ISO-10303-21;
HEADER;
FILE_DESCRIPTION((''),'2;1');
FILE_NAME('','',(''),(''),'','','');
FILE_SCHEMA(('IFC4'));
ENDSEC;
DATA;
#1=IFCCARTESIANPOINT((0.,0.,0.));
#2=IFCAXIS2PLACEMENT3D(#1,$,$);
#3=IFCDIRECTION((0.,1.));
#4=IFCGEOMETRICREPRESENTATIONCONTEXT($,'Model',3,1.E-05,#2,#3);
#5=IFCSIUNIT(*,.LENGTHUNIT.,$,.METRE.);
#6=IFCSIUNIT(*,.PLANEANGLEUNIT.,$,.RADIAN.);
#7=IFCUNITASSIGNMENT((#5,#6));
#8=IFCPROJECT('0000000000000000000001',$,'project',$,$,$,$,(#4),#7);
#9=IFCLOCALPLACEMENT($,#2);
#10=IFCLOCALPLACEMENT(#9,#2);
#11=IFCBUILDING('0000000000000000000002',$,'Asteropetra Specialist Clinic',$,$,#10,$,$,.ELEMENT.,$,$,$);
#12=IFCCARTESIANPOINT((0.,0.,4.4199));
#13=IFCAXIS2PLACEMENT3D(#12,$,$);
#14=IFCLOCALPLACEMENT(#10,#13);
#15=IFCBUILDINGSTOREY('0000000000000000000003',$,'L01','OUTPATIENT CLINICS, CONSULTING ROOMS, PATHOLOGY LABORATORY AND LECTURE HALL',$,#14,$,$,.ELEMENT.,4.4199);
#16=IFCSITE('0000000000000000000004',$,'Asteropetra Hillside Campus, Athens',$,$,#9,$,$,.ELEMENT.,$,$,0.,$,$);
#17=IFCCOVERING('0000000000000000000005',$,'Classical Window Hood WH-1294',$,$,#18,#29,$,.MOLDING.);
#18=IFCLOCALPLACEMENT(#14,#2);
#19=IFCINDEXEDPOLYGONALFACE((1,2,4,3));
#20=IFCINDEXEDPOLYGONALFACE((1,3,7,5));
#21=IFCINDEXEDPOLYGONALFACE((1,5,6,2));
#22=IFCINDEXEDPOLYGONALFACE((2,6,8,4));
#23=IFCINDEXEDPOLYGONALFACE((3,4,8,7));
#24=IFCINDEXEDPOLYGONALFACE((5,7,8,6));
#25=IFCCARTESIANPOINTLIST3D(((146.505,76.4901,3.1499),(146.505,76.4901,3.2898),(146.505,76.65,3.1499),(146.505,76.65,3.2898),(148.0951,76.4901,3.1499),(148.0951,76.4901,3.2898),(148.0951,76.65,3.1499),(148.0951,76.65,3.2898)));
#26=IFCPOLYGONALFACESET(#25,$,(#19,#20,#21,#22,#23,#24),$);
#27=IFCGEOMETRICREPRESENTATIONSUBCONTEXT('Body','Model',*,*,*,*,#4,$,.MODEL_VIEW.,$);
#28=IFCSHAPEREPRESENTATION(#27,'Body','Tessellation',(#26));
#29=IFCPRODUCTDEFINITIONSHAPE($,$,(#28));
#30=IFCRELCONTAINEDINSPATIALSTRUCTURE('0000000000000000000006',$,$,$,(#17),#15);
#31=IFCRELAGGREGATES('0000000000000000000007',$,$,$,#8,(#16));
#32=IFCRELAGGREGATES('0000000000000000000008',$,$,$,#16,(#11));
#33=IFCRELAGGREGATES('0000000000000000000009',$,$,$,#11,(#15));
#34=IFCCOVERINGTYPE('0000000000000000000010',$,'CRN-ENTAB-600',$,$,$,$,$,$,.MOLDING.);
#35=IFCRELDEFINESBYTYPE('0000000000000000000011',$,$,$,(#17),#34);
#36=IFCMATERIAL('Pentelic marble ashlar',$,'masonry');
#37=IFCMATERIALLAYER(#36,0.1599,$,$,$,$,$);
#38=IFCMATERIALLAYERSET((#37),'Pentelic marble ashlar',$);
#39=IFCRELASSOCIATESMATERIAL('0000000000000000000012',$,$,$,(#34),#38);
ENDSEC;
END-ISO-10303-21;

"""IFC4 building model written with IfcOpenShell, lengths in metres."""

from ifc_helpers import new_model, si_unit, direction, frame, origin, origin_2d, place, context, subcontext, project, spatial, rectangle, extrude, material, layer, layer_set, type_object, element, save


model = new_model("IFC4")

# Units and contexts
model_context = context("Model", 3, precision=1e-05, world=origin(), true_north=direction((0.0, 1.0)))
body_context = subcontext(model_context, "Body", "Model", "MODEL_VIEW")
ifc_project = project(units=[si_unit("LENGTHUNIT", "METRE"), si_unit("PLANEANGLEUNIT", "RADIAN")], contexts=[model_context])

# Site, building, storey
site_placement = place(None, origin())
site = spatial("IfcSite", under=ifc_project, at=site_placement, Name="Asteropetra Hillside Campus, Athens", CompositionType="ELEMENT", RefElevation=0.0)
building_placement = place(site_placement, origin())
building = spatial("IfcBuilding", under=site, at=building_placement, Name="Asteropetra Specialist Clinic", CompositionType="ELEMENT")
storey_placement = place(building_placement, frame((0.0, 0.0, 4.4199)))
storey = spatial("IfcBuildingStorey", under=building, at=storey_placement, Name="L01", Description="OUTPATIENT CLINICS, CONSULTING ROOMS, PATHOLOGY LABORATORY AND LECTURE HALL", CompositionType="ELEMENT", Elevation=4.4199)

# Covering
ifc_material_1 = material(Name="Pentelic marble ashlar", Category="masonry")
ifc_layer_1 = layer(ifc_material_1, 0.1599)
ifc_layer_set_1 = layer_set([ifc_layer_1], Name="Pentelic marble ashlar")
covering_type_1 = type_object("IfcCoveringType", Name="CRN-ENTAB-600", PredefinedType="MOLDING", material=ifc_layer_set_1)
for number, where, z_axis, x_axis, name in (
    (1, (147.3, 76.5701, 3.1499), (0.0, 0.0, 1.0), (1.0, 0.0, 0.0), "Classical Window Hood WH-1294"),
):
    element("IfcCovering", number, at=place(storey_placement, frame(where, z_axis=z_axis, x_axis=x_axis)), inside=storey, type_object=covering_type_1, Name=name, PredefinedType="MOLDING", context=body_context, shape_type="SweptSolid", body=[
        extrude(rectangle(XDim=1.5901, YDim=0.1599, at=origin_2d()), origin(), (0.0, 0.0, 1.0), 0.1399),
    ])

save(model, "model.ifc")
